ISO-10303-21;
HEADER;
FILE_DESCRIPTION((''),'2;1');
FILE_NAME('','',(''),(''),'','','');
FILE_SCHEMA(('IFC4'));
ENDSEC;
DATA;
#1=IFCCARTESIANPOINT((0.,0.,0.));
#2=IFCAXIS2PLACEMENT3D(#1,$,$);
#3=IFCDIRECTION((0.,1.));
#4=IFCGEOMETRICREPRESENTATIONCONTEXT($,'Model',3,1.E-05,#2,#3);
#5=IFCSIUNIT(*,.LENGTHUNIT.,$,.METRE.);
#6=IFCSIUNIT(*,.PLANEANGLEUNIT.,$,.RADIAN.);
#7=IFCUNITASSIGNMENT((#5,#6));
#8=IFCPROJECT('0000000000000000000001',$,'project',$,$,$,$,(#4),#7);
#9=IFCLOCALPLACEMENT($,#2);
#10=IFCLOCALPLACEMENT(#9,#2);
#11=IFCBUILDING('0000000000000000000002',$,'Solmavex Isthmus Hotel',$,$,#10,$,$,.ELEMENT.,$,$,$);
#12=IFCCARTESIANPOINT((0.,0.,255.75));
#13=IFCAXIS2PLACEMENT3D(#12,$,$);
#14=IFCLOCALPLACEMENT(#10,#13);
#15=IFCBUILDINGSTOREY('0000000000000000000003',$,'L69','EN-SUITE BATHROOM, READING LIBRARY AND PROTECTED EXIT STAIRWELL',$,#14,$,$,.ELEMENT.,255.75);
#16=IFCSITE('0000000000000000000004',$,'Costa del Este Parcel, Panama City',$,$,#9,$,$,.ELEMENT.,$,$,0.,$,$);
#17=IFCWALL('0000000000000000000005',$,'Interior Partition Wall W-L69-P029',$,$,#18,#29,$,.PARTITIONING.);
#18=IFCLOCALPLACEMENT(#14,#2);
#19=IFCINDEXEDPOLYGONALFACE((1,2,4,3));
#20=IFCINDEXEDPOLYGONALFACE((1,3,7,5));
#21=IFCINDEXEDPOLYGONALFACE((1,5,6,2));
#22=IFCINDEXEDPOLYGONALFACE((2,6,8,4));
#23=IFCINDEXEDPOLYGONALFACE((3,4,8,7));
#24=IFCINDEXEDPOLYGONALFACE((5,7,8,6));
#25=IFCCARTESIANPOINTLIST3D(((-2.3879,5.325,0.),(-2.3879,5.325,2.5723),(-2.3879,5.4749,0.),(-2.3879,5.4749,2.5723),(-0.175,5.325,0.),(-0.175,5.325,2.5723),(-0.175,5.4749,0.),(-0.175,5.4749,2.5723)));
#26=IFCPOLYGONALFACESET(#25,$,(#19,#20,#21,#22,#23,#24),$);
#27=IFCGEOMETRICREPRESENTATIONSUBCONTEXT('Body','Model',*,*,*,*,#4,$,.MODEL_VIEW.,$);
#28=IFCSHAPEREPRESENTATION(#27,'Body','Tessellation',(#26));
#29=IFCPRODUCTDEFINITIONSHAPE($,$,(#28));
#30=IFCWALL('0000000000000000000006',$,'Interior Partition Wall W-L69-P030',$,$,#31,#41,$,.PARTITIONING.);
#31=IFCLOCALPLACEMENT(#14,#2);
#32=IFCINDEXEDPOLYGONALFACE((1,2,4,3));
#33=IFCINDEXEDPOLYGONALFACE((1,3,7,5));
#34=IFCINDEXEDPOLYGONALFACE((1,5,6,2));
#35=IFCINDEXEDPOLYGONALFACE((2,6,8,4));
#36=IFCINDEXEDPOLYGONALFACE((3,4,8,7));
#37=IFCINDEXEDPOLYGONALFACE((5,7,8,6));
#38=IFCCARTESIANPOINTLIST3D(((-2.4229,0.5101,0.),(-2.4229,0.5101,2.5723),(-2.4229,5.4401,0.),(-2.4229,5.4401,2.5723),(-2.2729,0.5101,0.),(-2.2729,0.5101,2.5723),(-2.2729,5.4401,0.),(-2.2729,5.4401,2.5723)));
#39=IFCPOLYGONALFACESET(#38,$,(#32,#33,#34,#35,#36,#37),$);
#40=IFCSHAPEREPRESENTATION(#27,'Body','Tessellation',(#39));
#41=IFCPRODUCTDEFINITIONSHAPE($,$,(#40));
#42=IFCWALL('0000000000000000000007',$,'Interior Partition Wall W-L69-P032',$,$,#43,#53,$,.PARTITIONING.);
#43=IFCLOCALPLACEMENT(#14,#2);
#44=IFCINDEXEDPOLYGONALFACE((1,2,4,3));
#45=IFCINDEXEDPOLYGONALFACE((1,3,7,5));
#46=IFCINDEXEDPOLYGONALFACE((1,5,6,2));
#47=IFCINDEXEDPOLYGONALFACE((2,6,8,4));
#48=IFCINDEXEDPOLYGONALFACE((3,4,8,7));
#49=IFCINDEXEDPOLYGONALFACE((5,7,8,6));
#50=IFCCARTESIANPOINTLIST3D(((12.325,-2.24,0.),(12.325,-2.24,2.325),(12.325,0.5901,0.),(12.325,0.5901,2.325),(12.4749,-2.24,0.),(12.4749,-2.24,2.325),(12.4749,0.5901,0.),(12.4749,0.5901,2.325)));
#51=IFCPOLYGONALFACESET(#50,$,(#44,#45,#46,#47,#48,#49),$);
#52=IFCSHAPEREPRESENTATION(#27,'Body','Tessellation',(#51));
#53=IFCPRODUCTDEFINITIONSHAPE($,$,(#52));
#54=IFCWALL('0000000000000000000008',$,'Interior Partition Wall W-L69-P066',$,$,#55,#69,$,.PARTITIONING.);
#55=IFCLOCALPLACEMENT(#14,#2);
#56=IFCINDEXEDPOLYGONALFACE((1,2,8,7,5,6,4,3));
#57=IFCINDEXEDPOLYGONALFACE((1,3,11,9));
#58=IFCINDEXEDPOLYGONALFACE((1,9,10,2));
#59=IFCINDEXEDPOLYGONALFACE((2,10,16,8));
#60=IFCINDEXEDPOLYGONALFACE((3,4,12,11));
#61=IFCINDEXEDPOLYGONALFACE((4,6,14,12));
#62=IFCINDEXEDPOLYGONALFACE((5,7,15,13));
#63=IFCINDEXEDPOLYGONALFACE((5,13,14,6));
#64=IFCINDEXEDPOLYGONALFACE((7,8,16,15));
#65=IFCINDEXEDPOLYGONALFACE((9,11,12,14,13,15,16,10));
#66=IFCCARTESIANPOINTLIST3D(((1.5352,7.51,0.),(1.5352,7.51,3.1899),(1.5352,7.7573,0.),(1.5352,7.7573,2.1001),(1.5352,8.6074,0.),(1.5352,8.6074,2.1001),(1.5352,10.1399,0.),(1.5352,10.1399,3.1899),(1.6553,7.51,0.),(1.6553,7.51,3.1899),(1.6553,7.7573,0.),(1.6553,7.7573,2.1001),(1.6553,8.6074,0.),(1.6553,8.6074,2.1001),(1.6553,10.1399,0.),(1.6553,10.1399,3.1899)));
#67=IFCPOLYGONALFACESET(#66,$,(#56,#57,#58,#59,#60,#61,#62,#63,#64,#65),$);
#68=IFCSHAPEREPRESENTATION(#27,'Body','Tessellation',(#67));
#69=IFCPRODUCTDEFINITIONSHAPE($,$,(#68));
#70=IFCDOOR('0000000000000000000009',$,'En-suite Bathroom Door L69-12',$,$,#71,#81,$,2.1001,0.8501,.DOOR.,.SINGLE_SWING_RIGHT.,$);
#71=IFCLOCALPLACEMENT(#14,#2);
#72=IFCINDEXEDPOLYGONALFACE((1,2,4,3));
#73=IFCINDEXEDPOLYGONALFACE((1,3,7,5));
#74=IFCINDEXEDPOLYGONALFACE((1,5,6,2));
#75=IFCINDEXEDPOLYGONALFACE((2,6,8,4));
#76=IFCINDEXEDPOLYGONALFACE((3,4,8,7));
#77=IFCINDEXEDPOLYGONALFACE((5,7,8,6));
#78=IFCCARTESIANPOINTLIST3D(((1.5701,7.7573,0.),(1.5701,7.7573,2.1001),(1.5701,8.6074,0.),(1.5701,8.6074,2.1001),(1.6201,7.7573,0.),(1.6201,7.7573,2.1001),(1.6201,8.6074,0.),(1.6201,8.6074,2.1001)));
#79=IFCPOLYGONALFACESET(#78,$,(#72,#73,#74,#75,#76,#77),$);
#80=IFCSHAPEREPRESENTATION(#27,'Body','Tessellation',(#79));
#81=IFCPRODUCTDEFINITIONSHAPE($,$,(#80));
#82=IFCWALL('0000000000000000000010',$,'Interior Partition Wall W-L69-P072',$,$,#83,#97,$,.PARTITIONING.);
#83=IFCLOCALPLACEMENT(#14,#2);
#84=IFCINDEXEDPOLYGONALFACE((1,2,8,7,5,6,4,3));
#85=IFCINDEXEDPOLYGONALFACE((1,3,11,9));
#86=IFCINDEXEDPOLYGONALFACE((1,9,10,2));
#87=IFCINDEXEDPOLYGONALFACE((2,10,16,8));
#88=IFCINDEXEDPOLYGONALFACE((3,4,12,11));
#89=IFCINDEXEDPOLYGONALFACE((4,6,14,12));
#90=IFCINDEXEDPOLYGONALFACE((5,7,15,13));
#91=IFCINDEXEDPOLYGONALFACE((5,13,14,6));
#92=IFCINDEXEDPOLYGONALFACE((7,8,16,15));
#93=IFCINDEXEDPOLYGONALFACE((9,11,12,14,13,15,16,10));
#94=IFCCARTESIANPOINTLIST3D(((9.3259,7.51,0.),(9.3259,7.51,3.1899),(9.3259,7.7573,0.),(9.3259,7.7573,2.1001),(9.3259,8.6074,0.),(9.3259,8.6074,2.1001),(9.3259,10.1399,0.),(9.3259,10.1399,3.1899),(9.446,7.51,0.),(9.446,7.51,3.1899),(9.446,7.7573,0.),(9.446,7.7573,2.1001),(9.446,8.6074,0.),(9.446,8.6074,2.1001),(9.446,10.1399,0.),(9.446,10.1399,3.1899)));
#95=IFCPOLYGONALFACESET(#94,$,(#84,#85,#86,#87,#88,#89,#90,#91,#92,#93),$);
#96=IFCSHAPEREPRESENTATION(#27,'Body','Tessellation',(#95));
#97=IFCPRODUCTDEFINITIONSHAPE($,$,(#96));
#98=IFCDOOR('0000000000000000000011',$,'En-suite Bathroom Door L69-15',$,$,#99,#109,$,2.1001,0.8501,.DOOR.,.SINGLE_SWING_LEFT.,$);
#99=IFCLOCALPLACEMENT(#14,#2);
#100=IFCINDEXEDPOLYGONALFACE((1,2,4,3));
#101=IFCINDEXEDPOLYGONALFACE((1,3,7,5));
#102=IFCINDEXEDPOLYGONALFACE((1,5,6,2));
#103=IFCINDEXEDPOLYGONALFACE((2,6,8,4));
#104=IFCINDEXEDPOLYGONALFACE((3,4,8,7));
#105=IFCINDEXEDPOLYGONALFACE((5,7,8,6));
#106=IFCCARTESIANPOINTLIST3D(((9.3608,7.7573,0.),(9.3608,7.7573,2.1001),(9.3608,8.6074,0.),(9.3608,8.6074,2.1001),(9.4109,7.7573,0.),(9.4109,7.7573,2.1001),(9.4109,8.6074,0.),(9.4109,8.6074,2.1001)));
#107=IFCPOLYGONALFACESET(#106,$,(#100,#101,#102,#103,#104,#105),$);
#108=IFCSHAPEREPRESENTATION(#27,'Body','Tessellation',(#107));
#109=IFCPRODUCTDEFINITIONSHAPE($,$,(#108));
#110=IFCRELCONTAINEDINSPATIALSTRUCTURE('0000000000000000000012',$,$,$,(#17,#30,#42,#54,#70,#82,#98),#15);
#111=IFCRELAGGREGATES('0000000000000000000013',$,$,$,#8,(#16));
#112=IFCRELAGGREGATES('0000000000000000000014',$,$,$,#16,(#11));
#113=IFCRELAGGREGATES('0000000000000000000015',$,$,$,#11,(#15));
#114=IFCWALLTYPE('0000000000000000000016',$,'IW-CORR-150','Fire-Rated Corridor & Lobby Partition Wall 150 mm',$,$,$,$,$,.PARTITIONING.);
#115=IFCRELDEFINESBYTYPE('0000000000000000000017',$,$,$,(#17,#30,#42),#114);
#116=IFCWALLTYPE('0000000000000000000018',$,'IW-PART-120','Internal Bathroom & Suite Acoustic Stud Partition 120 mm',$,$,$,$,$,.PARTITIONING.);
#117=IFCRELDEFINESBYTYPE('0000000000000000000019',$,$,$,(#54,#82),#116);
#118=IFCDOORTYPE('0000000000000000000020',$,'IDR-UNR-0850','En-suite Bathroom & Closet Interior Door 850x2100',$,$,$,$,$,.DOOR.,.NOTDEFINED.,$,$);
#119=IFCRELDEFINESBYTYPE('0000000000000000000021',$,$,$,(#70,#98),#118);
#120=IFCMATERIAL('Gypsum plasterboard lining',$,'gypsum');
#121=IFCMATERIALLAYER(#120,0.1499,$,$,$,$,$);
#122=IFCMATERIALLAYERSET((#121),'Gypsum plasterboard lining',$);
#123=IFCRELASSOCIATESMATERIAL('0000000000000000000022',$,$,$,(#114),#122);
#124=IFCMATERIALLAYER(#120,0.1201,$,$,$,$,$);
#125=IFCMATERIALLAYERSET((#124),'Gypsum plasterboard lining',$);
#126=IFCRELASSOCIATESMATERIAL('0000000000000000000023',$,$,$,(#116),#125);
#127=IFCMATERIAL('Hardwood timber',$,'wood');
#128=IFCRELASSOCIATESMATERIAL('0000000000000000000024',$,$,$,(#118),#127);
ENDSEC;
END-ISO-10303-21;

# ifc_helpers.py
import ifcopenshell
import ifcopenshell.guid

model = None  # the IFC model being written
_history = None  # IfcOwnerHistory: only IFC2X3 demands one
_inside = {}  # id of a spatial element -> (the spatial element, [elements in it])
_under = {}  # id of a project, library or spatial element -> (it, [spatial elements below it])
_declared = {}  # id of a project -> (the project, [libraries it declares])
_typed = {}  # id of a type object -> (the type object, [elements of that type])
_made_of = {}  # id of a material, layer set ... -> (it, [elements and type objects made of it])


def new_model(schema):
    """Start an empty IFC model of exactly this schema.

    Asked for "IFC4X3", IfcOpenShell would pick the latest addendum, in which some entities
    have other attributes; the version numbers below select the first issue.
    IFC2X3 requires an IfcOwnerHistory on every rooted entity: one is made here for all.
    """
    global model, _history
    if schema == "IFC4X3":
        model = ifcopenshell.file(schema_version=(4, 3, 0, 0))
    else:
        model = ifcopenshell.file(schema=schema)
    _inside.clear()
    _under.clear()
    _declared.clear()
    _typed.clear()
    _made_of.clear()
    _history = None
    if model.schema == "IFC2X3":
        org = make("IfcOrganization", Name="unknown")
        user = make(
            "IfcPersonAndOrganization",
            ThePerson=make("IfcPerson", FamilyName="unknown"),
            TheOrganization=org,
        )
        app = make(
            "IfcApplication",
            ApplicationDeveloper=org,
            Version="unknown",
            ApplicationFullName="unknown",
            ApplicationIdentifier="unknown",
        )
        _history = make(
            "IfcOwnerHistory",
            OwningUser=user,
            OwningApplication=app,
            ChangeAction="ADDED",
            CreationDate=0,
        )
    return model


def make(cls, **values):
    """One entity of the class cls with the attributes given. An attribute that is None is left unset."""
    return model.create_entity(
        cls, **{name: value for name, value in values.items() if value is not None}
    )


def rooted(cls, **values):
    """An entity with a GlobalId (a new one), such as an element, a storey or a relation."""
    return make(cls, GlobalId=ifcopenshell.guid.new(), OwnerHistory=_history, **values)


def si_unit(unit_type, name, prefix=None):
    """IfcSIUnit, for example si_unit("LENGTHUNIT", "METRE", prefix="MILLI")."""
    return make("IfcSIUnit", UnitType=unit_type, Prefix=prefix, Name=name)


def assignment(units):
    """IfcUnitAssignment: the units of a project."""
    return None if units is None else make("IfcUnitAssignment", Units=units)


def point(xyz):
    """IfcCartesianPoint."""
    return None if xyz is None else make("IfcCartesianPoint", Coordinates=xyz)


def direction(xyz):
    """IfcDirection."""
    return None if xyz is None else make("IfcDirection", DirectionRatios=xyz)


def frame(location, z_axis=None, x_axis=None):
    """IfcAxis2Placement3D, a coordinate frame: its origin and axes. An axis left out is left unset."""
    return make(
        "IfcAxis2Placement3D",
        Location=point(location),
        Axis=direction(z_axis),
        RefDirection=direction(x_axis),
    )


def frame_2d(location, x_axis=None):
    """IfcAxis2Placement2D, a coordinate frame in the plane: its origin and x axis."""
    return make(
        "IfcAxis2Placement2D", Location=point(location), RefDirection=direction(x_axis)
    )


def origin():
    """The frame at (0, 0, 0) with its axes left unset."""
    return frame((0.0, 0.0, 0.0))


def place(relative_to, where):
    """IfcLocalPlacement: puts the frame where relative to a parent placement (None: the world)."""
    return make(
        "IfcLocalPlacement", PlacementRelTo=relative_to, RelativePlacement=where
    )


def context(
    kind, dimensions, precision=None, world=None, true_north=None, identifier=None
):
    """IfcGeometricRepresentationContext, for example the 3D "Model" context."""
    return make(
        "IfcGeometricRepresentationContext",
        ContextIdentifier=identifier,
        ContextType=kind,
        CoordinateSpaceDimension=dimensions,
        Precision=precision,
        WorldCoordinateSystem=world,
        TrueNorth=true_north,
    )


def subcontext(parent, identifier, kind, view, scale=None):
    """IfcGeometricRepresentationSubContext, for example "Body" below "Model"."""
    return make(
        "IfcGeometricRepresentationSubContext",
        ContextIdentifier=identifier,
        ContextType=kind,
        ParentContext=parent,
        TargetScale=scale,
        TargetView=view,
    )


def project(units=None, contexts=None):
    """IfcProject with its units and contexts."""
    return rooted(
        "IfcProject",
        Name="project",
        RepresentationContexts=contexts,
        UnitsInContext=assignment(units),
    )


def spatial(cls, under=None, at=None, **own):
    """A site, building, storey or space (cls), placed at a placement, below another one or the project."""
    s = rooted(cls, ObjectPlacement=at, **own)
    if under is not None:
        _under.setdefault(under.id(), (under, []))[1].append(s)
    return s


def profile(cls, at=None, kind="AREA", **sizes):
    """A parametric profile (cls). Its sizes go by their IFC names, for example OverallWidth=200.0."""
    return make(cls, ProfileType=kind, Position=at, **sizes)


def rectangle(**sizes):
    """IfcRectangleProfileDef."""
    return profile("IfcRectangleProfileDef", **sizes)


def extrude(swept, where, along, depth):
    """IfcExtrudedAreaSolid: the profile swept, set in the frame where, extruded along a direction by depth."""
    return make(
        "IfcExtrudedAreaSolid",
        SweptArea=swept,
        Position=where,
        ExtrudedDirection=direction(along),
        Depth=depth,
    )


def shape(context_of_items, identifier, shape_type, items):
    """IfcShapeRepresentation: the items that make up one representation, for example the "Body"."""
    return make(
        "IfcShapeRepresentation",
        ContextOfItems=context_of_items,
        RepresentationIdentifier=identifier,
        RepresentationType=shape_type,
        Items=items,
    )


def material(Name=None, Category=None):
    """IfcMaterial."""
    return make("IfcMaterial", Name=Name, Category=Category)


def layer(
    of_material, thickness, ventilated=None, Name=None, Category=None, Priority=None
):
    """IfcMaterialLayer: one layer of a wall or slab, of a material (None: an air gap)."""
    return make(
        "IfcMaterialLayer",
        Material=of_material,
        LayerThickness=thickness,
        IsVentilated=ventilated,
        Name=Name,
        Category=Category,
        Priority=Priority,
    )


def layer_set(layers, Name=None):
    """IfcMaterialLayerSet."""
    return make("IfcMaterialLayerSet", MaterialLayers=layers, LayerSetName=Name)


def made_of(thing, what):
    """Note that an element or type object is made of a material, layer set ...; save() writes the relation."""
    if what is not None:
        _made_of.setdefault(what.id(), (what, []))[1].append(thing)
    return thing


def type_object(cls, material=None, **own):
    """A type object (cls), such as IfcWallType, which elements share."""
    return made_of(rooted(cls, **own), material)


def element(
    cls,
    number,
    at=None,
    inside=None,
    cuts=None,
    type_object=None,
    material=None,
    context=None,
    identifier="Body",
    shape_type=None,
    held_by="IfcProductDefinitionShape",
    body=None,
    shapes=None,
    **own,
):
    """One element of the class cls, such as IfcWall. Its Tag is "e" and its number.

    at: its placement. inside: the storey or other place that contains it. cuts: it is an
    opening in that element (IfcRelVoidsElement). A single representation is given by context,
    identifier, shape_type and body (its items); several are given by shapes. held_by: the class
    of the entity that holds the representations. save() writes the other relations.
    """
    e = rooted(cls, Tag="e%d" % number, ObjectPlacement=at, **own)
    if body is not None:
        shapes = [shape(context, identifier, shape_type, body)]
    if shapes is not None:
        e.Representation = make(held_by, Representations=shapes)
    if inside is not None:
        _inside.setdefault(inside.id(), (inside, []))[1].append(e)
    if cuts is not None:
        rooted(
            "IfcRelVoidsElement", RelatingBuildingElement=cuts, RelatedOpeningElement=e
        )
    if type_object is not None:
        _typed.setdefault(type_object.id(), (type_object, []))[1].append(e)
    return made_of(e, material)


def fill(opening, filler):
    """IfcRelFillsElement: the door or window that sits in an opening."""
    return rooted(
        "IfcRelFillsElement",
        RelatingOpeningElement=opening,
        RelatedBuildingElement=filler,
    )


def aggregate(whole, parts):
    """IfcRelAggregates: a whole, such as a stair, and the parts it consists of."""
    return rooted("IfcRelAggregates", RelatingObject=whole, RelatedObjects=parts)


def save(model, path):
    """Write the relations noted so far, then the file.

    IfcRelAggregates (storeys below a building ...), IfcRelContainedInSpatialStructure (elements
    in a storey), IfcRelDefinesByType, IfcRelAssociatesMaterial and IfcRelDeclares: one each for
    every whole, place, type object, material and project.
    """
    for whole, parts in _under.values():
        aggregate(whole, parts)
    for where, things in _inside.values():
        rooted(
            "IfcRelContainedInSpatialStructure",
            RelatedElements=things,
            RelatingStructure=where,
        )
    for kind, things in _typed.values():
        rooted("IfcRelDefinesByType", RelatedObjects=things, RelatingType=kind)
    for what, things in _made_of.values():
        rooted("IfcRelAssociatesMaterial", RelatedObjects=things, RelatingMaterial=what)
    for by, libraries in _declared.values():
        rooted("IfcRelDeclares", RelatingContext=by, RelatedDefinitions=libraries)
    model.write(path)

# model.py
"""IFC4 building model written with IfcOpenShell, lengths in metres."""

from ifc_helpers import new_model, si_unit, direction, frame, frame_2d, origin, place, context, subcontext, project, spatial, rectangle, extrude, material, layer, layer_set, type_object, element, fill, save


model = new_model("IFC4")

# Units and contexts
model_context = context("Model", 3, precision=1e-05, world=origin(), true_north=direction((0.0, 1.0)))
body_context = subcontext(model_context, "Body", "Model", "MODEL_VIEW")
ifc_project = project(units=[si_unit("LENGTHUNIT", "METRE"), si_unit("PLANEANGLEUNIT", "RADIAN")], contexts=[model_context])

# Site, building, storey
site_placement = place(None, origin())
site = spatial("IfcSite", under=ifc_project, at=site_placement, Name="Costa del Este Parcel, Panama City", CompositionType="ELEMENT", RefElevation=0.0)
building_placement = place(site_placement, origin())
building = spatial("IfcBuilding", under=site, at=building_placement, Name="Solmavex Isthmus Hotel", CompositionType="ELEMENT")
storey_placement = place(building_placement, frame((0.0, 0.0, 255.75)))
storey = spatial("IfcBuildingStorey", under=building, at=storey_placement, Name="L69", Description="EN-SUITE BATHROOM, READING LIBRARY AND PROTECTED EXIT STAIRWELL", CompositionType="ELEMENT", Elevation=255.75)

# Walls
ifc_material_1 = material(Name="Gypsum plasterboard lining", Category="gypsum")
ifc_layer_1 = layer(ifc_material_1, 0.1499)
ifc_layer_set_1 = layer_set([ifc_layer_1], Name="Gypsum plasterboard lining")
wall_type_1 = type_object("IfcWallType", Name="IW-CORR-150", Description="Fire-Rated Corridor & Lobby Partition Wall 150 mm", PredefinedType="PARTITIONING", material=ifc_layer_set_1)
wall_1_placement = place(storey_placement, frame((-0.175, 5.3999, 0.0), z_axis=(0.0, 0.0, 1.0), x_axis=(-1.0, 0.0, 0.0)))
element("IfcWall", 1, at=wall_1_placement, inside=storey, type_object=wall_type_1, Name="Interior Partition Wall W-L69-P029", PredefinedType="PARTITIONING", context=body_context, shape_type="SweptSolid", body=[
    extrude(rectangle(XDim=2.2129, YDim=0.1499, at=frame_2d((1.1064, 0.0))), origin(), (0.0, 0.0, 1.0), 2.5723),
])
wall_2_placement = place(storey_placement, frame((-2.3479, 5.4399, 0.0), z_axis=(0.0, 0.0, 1.0), x_axis=(0.0, -1.0, 0.0)))
element("IfcWall", 2, at=wall_2_placement, inside=storey, type_object=wall_type_1, Name="Interior Partition Wall W-L69-P030", PredefinedType="PARTITIONING", context=body_context, shape_type="SweptSolid", body=[
    extrude(rectangle(XDim=4.9299, YDim=0.1499, at=frame_2d((2.4648, 0.0))), origin(), (0.0, 0.0, 1.0), 2.5723),
])
wall_3_placement = place(storey_placement, frame((12.3999, 0.5901, 0.0), z_axis=(0.0, 0.0, 1.0), x_axis=(0.0, -1.0, 0.0)))
element("IfcWall", 3, at=wall_3_placement, inside=storey, type_object=wall_type_1, Name="Interior Partition Wall W-L69-P032", PredefinedType="PARTITIONING", context=body_context, shape_type="SweptSolid", body=[
    extrude(rectangle(XDim=2.8301, YDim=0.1499, at=frame_2d((1.415, 0.0))), origin(), (0.0, 0.0, 1.0), 2.325),
])

# Walls, openings, doors
ifc_layer_2 = layer(ifc_material_1, 0.1201)
ifc_layer_set_2 = layer_set([ifc_layer_2], Name="Gypsum plasterboard lining")
wall_type_2 = type_object("IfcWallType", Name="IW-PART-120", Description="Internal Bathroom & Suite Acoustic Stud Partition 120 mm", PredefinedType="PARTITIONING", material=ifc_layer_set_2)
wall_4_placement = place(storey_placement, frame((1.5952, 7.51, 0.0), z_axis=(0.0, 0.0, 1.0), x_axis=(0.0, 1.0, 0.0)))
wall_4 = element("IfcWall", 4, at=wall_4_placement, inside=storey, type_object=wall_type_2, Name="Interior Partition Wall W-L69-P066", PredefinedType="PARTITIONING", context=body_context, shape_type="SweptSolid", body=[
    extrude(rectangle(XDim=2.6299, YDim=0.1201, at=frame_2d((1.3149, 0.0))), origin(), (0.0, 0.0, 1.0), 3.1899),
])
opening_1_placement = place(wall_4_placement, frame((0.2473, 0.0, 0.0)))
opening_1 = element("IfcOpeningElement", 5, at=opening_1_placement, cuts=wall_4, PredefinedType="OPENING", context=body_context, shape_type="SweptSolid", body=[
    extrude(rectangle(XDim=0.8501, YDim=2.1001, at=frame_2d((0.425, 1.05))), frame((0.0, 0.0701, 0.0), z_axis=(0.0, -1.0, 0.0), x_axis=(1.0, 0.0, 0.0)), (0.0, 0.0, 1.0), 0.1401),
])
ifc_material_2 = material(Name="Hardwood timber", Category="wood")
door_type = type_object("IfcDoorType", Name="IDR-UNR-0850", Description="En-suite Bathroom & Closet Interior Door 850x2100", OperationType="NOTDEFINED", PredefinedType="DOOR", material=ifc_material_2)
door_1_placement = place(opening_1_placement, frame((0.8501, 0.0, 0.0), z_axis=(0.0, 0.0, 1.0), x_axis=(-1.0, 0.0, 0.0)))
door_1 = element("IfcDoor", 6, at=door_1_placement, inside=storey, type_object=door_type, Name="En-suite Bathroom Door L69-12", OperationType="SINGLE_SWING_RIGHT", OverallHeight=2.1001, OverallWidth=0.8501, PredefinedType="DOOR", context=body_context, shape_type="SweptSolid", body=[
    extrude(rectangle(XDim=0.8501, YDim=2.1001, at=frame_2d((0.425, 1.05))), frame((0.0, 0.0249, 0.0), z_axis=(0.0, -1.0, 0.0), x_axis=(1.0, 0.0, 0.0)), (0.0, 0.0, 1.0), 0.05),
])
fill(opening_1, door_1)
wall_5_placement = place(storey_placement, frame((9.386, 7.51, 0.0), z_axis=(0.0, 0.0, 1.0), x_axis=(0.0, 1.0, 0.0)))
wall_5 = element("IfcWall", 7, at=wall_5_placement, inside=storey, type_object=wall_type_2, Name="Interior Partition Wall W-L69-P072", PredefinedType="PARTITIONING", context=body_context, shape_type="SweptSolid", body=[
    extrude(rectangle(XDim=2.6299, YDim=0.1201, at=frame_2d((1.3149, 0.0))), origin(), (0.0, 0.0, 1.0), 3.1899),
])
opening_2_placement = place(wall_5_placement, frame((0.2473, 0.0, 0.0)))
opening_2 = element("IfcOpeningElement", 8, at=opening_2_placement, cuts=wall_5, PredefinedType="OPENING", context=body_context, shape_type="SweptSolid", body=[
    extrude(rectangle(XDim=0.8501, YDim=2.1001, at=frame_2d((0.425, 1.05))), frame((0.0, 0.0701, 0.0), z_axis=(0.0, -1.0, 0.0), x_axis=(1.0, 0.0, 0.0)), (0.0, 0.0, 1.0), 0.1401),
])
door_2_placement = place(opening_2_placement, frame((0.8501, 0.0, 0.0), z_axis=(0.0, 0.0, 1.0), x_axis=(-1.0, 0.0, 0.0)))
door_2 = element("IfcDoor", 9, at=door_2_placement, inside=storey, type_object=door_type, Name="En-suite Bathroom Door L69-15", OperationType="SINGLE_SWING_LEFT", OverallHeight=2.1001, OverallWidth=0.8501, PredefinedType="DOOR", context=body_context, shape_type="SweptSolid", body=[
    extrude(rectangle(XDim=0.8501, YDim=2.1001, at=frame_2d((0.425, 1.05))), frame((0.0, 0.0249, 0.0), z_axis=(0.0, -1.0, 0.0), x_axis=(1.0, 0.0, 0.0)), (0.0, 0.0, 1.0), 0.05),
])
fill(opening_2, door_2)

save(model, "model.ifc")
